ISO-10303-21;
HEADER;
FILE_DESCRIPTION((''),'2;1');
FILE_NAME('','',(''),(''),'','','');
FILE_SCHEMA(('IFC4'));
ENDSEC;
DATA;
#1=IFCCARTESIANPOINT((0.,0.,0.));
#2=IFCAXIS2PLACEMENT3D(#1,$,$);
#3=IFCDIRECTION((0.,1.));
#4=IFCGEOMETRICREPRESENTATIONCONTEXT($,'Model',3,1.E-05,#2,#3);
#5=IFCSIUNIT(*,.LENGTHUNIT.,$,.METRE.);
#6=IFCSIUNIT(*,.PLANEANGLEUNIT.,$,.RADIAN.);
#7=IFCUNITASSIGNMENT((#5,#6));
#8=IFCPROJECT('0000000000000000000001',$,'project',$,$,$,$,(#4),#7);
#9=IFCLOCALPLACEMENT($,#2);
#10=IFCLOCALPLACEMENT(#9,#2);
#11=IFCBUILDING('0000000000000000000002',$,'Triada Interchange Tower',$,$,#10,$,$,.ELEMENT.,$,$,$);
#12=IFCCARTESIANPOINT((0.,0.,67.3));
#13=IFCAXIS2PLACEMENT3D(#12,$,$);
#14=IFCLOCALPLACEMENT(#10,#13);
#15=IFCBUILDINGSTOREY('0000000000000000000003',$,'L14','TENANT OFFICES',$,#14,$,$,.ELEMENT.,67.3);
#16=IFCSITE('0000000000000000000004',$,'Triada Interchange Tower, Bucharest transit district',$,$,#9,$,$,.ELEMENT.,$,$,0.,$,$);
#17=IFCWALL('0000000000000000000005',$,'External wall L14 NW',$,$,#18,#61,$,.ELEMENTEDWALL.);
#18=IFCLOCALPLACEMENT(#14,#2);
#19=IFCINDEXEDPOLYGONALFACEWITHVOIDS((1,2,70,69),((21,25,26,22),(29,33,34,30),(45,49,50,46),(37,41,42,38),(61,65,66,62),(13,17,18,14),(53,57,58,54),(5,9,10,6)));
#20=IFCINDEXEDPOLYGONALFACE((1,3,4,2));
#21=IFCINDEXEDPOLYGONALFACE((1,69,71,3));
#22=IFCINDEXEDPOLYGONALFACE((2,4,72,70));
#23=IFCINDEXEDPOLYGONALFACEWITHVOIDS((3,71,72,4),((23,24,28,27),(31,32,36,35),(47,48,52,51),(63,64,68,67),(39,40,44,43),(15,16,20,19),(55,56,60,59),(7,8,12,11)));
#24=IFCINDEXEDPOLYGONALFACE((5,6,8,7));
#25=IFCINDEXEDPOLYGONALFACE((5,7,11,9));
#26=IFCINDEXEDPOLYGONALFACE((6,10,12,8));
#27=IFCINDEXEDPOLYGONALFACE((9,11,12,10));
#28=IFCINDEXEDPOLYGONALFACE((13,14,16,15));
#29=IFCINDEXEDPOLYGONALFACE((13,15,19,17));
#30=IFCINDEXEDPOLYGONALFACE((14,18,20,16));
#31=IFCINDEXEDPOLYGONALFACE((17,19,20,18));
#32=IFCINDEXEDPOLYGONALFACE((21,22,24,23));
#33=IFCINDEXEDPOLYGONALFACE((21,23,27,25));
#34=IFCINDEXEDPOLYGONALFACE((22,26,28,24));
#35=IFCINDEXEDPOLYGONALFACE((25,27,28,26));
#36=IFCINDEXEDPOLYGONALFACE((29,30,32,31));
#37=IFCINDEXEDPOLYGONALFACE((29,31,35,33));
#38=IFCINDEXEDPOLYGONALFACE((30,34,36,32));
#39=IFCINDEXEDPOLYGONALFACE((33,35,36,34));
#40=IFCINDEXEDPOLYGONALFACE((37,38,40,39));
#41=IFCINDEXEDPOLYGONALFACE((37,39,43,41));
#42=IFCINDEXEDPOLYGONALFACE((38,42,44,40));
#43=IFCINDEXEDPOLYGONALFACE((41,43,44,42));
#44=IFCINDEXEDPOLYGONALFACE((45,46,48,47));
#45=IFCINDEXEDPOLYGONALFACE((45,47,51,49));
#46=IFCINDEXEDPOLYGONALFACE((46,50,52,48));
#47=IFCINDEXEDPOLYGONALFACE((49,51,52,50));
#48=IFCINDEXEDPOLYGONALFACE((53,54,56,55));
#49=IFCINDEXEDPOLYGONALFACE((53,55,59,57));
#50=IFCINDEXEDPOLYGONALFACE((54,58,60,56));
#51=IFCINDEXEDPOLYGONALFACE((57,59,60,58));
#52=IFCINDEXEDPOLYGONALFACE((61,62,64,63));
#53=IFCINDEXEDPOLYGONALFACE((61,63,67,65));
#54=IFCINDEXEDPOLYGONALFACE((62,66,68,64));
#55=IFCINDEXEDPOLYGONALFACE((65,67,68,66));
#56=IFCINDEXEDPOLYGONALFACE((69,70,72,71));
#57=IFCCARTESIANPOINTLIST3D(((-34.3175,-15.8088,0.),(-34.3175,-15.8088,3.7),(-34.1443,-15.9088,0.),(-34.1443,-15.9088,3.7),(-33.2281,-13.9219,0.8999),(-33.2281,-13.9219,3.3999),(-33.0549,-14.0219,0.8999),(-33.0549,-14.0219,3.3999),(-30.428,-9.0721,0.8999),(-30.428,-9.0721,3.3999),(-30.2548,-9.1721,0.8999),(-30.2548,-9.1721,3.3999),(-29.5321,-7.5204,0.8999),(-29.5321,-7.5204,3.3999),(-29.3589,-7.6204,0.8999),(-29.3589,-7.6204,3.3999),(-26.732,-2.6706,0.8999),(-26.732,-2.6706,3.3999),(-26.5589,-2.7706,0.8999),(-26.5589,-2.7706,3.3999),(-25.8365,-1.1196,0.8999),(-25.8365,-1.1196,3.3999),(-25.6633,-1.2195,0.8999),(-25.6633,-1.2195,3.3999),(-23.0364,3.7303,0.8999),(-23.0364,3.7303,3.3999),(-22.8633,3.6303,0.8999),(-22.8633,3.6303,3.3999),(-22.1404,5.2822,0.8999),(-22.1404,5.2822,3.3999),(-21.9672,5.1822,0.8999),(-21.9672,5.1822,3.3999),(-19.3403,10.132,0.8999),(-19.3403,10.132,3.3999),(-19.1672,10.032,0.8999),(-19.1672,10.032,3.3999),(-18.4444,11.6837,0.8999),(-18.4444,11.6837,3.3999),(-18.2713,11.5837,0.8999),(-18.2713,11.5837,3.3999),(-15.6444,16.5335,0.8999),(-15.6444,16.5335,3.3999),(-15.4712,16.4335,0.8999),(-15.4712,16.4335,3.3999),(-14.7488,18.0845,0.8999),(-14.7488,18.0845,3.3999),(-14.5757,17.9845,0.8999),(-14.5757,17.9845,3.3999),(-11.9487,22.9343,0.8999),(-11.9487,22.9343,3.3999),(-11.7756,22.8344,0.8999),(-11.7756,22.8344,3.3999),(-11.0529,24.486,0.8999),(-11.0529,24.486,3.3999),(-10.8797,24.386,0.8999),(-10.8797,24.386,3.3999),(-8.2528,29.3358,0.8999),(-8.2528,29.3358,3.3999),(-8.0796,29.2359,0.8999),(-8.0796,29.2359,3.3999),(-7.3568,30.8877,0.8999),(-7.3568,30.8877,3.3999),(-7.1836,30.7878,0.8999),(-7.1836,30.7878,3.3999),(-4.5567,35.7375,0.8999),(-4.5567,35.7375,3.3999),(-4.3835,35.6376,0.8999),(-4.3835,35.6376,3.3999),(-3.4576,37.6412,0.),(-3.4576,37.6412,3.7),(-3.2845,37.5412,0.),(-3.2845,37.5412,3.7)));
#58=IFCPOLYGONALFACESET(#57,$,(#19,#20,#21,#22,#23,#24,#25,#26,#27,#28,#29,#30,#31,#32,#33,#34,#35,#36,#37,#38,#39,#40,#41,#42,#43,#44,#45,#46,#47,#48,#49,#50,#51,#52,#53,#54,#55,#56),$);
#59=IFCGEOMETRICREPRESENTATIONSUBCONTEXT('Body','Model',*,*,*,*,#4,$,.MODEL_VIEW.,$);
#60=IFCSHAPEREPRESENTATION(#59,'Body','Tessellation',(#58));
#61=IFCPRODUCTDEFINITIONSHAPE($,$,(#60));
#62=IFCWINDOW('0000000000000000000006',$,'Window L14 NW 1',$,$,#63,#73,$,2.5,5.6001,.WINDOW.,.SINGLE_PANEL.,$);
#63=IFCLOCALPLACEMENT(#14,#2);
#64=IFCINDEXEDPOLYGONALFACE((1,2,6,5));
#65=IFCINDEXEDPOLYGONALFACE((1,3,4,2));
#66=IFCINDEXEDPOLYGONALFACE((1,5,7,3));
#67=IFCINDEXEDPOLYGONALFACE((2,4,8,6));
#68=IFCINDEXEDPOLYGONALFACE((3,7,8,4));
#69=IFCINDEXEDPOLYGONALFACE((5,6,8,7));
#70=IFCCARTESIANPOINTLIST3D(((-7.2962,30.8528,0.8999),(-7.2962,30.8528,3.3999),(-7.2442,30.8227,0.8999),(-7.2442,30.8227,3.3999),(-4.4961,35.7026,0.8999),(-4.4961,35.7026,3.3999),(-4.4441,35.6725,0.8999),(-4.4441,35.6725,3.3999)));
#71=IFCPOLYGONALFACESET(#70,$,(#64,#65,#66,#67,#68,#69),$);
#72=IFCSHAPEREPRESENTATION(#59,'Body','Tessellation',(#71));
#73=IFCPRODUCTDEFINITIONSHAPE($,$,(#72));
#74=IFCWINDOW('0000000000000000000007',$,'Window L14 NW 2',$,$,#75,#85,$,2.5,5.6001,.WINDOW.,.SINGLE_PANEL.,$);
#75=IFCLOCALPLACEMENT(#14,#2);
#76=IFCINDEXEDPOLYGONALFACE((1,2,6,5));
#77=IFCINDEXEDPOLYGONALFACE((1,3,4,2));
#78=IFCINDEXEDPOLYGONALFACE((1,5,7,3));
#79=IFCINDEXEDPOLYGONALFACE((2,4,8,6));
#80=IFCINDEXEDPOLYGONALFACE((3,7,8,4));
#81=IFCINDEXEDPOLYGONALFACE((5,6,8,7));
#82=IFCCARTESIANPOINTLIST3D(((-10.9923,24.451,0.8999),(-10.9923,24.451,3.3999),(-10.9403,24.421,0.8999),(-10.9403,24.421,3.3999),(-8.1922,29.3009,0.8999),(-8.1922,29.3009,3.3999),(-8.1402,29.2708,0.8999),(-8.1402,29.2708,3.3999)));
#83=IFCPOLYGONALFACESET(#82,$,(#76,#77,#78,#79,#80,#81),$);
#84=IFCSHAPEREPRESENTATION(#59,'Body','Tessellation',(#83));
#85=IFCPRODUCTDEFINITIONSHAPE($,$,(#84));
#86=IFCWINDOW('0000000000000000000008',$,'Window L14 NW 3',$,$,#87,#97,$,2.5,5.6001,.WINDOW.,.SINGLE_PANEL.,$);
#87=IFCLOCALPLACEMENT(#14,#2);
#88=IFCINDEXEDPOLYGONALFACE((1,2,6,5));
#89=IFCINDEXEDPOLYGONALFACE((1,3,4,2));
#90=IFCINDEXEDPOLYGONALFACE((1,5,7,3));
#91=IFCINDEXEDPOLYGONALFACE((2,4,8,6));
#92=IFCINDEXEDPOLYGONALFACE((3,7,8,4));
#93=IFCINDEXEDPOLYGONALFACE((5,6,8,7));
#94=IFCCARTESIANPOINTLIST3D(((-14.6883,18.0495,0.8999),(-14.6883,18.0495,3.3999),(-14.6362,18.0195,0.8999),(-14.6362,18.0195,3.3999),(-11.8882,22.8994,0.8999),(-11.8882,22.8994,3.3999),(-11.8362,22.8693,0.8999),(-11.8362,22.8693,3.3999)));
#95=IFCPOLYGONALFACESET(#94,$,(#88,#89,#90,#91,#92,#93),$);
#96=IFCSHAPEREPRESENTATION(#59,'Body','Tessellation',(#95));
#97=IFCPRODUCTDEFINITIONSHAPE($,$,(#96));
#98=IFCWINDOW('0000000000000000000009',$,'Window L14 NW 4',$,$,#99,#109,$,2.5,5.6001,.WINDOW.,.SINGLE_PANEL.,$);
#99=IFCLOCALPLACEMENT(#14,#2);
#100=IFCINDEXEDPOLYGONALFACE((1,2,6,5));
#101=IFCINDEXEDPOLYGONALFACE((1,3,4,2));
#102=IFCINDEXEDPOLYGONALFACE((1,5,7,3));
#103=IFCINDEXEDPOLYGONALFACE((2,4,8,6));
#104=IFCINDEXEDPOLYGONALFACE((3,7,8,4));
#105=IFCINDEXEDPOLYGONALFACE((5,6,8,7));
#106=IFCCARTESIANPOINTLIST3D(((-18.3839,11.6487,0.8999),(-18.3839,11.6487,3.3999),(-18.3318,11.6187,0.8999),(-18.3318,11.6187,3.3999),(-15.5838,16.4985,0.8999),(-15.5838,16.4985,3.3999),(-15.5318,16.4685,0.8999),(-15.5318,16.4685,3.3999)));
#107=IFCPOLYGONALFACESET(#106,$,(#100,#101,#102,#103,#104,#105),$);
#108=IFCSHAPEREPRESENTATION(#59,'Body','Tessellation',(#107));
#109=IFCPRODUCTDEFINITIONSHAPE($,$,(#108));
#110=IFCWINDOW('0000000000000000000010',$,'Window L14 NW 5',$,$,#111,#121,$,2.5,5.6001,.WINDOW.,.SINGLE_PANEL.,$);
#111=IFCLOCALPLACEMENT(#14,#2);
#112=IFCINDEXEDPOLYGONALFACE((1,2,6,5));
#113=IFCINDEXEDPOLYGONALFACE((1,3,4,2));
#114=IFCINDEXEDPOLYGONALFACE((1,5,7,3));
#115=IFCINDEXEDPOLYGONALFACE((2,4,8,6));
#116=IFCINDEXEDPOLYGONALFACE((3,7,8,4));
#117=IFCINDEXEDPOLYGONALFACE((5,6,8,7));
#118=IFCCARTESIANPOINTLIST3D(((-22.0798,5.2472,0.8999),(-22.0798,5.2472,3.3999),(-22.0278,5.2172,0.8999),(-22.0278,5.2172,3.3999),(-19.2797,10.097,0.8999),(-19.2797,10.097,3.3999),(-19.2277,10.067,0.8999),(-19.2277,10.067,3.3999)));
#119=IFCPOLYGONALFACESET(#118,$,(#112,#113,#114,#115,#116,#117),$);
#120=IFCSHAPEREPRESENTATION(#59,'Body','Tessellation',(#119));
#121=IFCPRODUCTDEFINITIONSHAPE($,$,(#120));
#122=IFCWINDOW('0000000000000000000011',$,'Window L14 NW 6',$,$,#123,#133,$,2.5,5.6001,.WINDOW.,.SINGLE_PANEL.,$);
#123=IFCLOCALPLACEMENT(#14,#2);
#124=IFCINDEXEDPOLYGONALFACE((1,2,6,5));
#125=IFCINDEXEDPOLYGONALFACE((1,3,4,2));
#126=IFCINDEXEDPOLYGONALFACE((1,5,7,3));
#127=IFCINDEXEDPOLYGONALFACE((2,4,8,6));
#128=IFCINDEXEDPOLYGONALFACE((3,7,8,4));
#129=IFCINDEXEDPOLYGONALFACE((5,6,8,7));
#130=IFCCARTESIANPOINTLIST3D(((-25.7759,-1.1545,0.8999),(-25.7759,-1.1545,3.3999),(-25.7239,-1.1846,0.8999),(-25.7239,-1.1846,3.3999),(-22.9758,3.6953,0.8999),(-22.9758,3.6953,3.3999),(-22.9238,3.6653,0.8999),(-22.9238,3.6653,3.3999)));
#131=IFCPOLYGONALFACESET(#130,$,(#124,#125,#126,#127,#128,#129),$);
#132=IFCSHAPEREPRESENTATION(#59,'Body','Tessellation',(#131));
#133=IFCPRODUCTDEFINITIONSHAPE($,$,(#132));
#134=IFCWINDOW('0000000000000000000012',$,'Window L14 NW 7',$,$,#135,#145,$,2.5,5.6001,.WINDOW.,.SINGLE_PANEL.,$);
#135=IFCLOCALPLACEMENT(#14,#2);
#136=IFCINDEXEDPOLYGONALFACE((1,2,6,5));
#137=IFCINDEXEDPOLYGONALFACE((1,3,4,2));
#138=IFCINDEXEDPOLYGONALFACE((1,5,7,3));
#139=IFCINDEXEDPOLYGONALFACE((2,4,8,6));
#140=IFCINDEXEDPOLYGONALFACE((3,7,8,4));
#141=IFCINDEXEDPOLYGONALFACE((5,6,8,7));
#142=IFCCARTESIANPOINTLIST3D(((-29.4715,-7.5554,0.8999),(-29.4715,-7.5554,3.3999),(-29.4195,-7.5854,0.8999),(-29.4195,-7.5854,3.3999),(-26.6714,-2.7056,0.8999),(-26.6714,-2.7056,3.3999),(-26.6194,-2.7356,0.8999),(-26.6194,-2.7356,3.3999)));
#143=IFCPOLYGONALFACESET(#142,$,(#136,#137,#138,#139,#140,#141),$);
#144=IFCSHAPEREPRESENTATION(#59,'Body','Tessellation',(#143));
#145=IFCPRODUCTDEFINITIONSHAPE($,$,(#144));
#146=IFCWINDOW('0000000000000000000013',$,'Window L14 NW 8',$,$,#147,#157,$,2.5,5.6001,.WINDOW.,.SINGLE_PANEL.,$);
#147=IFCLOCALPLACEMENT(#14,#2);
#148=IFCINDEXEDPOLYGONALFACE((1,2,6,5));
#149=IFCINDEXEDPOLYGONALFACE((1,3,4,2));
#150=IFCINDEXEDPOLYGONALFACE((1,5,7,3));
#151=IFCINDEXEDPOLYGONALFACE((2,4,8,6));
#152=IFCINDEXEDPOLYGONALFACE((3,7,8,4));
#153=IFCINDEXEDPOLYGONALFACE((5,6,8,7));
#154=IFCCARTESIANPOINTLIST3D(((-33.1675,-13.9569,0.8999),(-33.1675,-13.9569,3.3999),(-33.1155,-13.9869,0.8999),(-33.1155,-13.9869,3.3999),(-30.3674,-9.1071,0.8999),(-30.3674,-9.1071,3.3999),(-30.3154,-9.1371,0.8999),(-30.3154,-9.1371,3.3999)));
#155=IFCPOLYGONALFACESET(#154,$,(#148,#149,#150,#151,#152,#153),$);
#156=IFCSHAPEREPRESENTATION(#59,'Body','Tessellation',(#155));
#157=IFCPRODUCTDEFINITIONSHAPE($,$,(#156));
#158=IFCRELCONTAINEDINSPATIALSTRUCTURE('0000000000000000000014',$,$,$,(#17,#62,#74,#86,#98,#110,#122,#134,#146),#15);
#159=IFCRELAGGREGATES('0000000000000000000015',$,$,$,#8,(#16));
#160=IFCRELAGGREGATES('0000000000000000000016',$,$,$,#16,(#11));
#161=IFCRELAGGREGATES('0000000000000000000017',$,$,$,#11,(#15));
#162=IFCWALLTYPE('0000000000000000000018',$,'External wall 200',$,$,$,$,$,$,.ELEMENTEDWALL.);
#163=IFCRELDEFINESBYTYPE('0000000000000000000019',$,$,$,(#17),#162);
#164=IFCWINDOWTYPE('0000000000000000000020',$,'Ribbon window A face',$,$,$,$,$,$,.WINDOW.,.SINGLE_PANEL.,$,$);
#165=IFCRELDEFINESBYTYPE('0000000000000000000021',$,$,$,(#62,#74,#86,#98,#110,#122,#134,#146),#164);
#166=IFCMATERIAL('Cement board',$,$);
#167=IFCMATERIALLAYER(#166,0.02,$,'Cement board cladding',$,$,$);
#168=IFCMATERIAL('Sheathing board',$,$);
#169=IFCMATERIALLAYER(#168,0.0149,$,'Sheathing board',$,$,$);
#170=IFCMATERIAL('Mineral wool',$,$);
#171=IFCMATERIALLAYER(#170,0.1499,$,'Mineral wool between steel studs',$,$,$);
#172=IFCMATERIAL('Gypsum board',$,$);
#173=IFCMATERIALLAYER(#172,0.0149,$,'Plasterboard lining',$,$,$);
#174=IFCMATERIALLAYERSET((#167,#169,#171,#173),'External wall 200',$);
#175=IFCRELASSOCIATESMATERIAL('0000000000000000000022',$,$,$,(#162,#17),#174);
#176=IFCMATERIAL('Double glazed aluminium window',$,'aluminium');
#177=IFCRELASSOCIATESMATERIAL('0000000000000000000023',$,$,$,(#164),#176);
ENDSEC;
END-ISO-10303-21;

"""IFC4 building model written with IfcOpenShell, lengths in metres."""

from ifc_helpers import new_model, si_unit, direction, frame, frame_2d, origin, place, context, subcontext, project, spatial, rectangle, extrude, material, layer, layer_set, layer_usage, type_object, element, fill, save


model = new_model("IFC4")

# Units and contexts
model_context = context("Model", 3, precision=1e-05, world=origin(), true_north=direction((0.0, 1.0)))
body_context = subcontext(model_context, "Body", "Model", "MODEL_VIEW")
ifc_project = project(units=[si_unit("LENGTHUNIT", "METRE"), si_unit("PLANEANGLEUNIT", "RADIAN")], contexts=[model_context])

# Site, building, storey
site_placement = place(None, origin())
site = spatial("IfcSite", under=ifc_project, at=site_placement, Name="Triada Interchange Tower, Bucharest transit district", CompositionType="ELEMENT", RefElevation=0.0)
building_placement = place(site_placement, origin())
building = spatial("IfcBuilding", under=site, at=building_placement, Name="Triada Interchange Tower", CompositionType="ELEMENT")
storey_placement = place(building_placement, frame((0.0, 0.0, 67.3)))
storey = spatial("IfcBuildingStorey", under=building, at=storey_placement, Name="L14", Description="TENANT OFFICES", CompositionType="ELEMENT", Elevation=67.3)

# Wall, openings, windows
ifc_material_1 = material(Name="Cement board")
ifc_layer_1 = layer(ifc_material_1, 0.02, Name="Cement board cladding")
ifc_material_2 = material(Name="Sheathing board")
ifc_layer_2 = layer(ifc_material_2, 0.0149, Name="Sheathing board")
ifc_material_3 = material(Name="Mineral wool")
ifc_layer_3 = layer(ifc_material_3, 0.1499, Name="Mineral wool between steel studs")
ifc_material_4 = material(Name="Gypsum board")
ifc_layer_4 = layer(ifc_material_4, 0.0149, Name="Plasterboard lining")
ifc_layer_set_1 = layer_set([ifc_layer_1, ifc_layer_2, ifc_layer_3, ifc_layer_4], Name="External wall 200")
ifc_layer_usage = layer_usage(ifc_layer_set_1, "AXIS2", "POSITIVE", -0.1001)
wall_type_1 = type_object("IfcWallType", Name="External wall 200", PredefinedType="ELEMENTEDWALL", material=ifc_layer_set_1)
wall_1_placement = place(storey_placement, frame((-3.3711, 37.5911, 0.0), z_axis=(0.0, 0.0, 1.0), x_axis=(-0.500006, -0.866022, 0.0)))
wall_1 = element("IfcWall", 1, at=wall_1_placement, inside=storey, type_object=wall_type_1, material=ifc_layer_usage, Name="External wall L14 NW", PredefinedType="ELEMENTEDWALL", context=body_context, shape_type="SweptSolid", body=[
    extrude(rectangle(XDim=61.719, YDim=0.2, at=frame_2d((30.8594, 0.0))), origin(), (0.0, 0.0, 1.0), 3.7),
])
opening_1_placement = place(wall_1_placement, frame((2.198, 0.0, 0.8999)))
opening_1 = element("IfcOpeningElement", 2, at=opening_1_placement, cuts=wall_1, PredefinedType="OPENING", context=body_context, shape_type="SweptSolid", body=[
    extrude(rectangle(XDim=5.6001, YDim=2.5, at=frame_2d((2.8, 1.25))), frame((0.0, 0.1099, 0.0), z_axis=(0.0, -1.0, 0.0), x_axis=(1.0, 0.0, 0.0)), (0.0, 0.0, 1.0), 0.22),
])
opening_2_placement = place(wall_1_placement, frame((9.5901, 0.0, 0.8999)))
opening_2 = element("IfcOpeningElement", 3, at=opening_2_placement, cuts=wall_1, PredefinedType="OPENING", context=body_context, shape_type="SweptSolid", body=[
    extrude(rectangle(XDim=5.6001, YDim=2.5, at=frame_2d((2.8, 1.25))), frame((0.0, 0.1099, 0.0), z_axis=(0.0, -1.0, 0.0), x_axis=(1.0, 0.0, 0.0)), (0.0, 0.0, 1.0), 0.22),
])
opening_3_placement = place(wall_1_placement, frame((16.9819, 0.0, 0.8999)))
opening_3 = element("IfcOpeningElement", 4, at=opening_3_placement, cuts=wall_1, PredefinedType="OPENING", context=body_context, shape_type="SweptSolid", body=[
    extrude(rectangle(XDim=5.6001, YDim=2.5, at=frame_2d((2.8, 1.25))), frame((0.0, 0.1099, 0.0), z_axis=(0.0, -1.0, 0.0), x_axis=(1.0, 0.0, 0.0)), (0.0, 0.0, 1.0), 0.22),
])
opening_4_placement = place(wall_1_placement, frame((24.373, 0.0, 0.8999)))
opening_4 = element("IfcOpeningElement", 5, at=opening_4_placement, cuts=wall_1, PredefinedType="OPENING", context=body_context, shape_type="SweptSolid", body=[
    extrude(rectangle(XDim=5.6001, YDim=2.5, at=frame_2d((2.8, 1.25))), frame((0.0, 0.1099, 0.0), z_axis=(0.0, -1.0, 0.0), x_axis=(1.0, 0.0, 0.0)), (0.0, 0.0, 1.0), 0.22),
])
opening_5_placement = place(wall_1_placement, frame((31.7649, 0.0, 0.8999)))
opening_5 = element("IfcOpeningElement", 6, at=opening_5_placement, cuts=wall_1, PredefinedType="OPENING", context=body_context, shape_type="SweptSolid", body=[
    extrude(rectangle(XDim=5.6001, YDim=2.5, at=frame_2d((2.8, 1.25))), frame((0.0, 0.1099, 0.0), z_axis=(0.0, -1.0, 0.0), x_axis=(1.0, 0.0, 0.0)), (0.0, 0.0, 1.0), 0.22),
])
opening_6_placement = place(wall_1_placement, frame((39.157, 0.0, 0.8999)))
opening_6 = element("IfcOpeningElement", 7, at=opening_6_placement, cuts=wall_1, PredefinedType="OPENING", context=body_context, shape_type="SweptSolid", body=[
    extrude(rectangle(XDim=5.6001, YDim=2.5, at=frame_2d((2.8, 1.25))), frame((0.0, 0.1099, 0.0), z_axis=(0.0, -1.0, 0.0), x_axis=(1.0, 0.0, 0.0)), (0.0, 0.0, 1.0), 0.22),
])
opening_7_placement = place(wall_1_placement, frame((46.5481, 0.0, 0.8999)))
opening_7 = element("IfcOpeningElement", 8, at=opening_7_placement, cuts=wall_1, PredefinedType="OPENING", context=body_context, shape_type="SweptSolid", body=[
    extrude(rectangle(XDim=5.6001, YDim=2.5, at=frame_2d((2.8, 1.25))), frame((0.0, 0.1099, 0.0), z_axis=(0.0, -1.0, 0.0), x_axis=(1.0, 0.0, 0.0)), (0.0, 0.0, 1.0), 0.22),
])
opening_8_placement = place(wall_1_placement, frame((53.9399, 0.0, 0.8999)))
opening_8 = element("IfcOpeningElement", 9, at=opening_8_placement, cuts=wall_1, PredefinedType="OPENING", context=body_context, shape_type="SweptSolid", body=[
    extrude(rectangle(XDim=5.6001, YDim=2.5, at=frame_2d((2.8, 1.25))), frame((0.0, 0.1099, 0.0), z_axis=(0.0, -1.0, 0.0), x_axis=(1.0, 0.0, 0.0)), (0.0, 0.0, 1.0), 0.22),
])
ifc_material_5 = material(Name="Double glazed aluminium window", Category="aluminium")
window_type = type_object("IfcWindowType", Name="Ribbon window A face", PartitioningType="SINGLE_PANEL", PredefinedType="WINDOW", material=ifc_material_5)
window_1_placement = place(opening_1_placement, origin())
window_1 = element("IfcWindow", 10, at=window_1_placement, inside=storey, type_object=window_type, Name="Window L14 NW 1", OverallHeight=2.5, OverallWidth=5.6001, PartitioningType="SINGLE_PANEL", PredefinedType="WINDOW", context=body_context, shape_type="SweptSolid", body=[
    extrude(rectangle(XDim=5.6001, YDim=2.5, at=frame_2d((2.8, 1.25))), frame((0.0, 0.03, 0.0), z_axis=(0.0, -1.0, 0.0), x_axis=(1.0, 0.0, 0.0)), (0.0, 0.0, 1.0), 0.0601),
])
fill(opening_1, window_1)
window_2_placement = place(opening_2_placement, origin())
window_2 = element("IfcWindow", 11, at=window_2_placement, inside=storey, type_object=window_type, Name="Window L14 NW 2", OverallHeight=2.5, OverallWidth=5.6001, PartitioningType="SINGLE_PANEL", PredefinedType="WINDOW", context=body_context, shape_type="SweptSolid", body=[
    extrude(rectangle(XDim=5.6001, YDim=2.5, at=frame_2d((2.8, 1.25))), frame((0.0, 0.03, 0.0), z_axis=(0.0, -1.0, 0.0), x_axis=(1.0, 0.0, 0.0)), (0.0, 0.0, 1.0), 0.0601),
])
fill(opening_2, window_2)
window_3_placement = place(opening_3_placement, origin())
window_3 = element("IfcWindow", 12, at=window_3_placement, inside=storey, type_object=window_type, Name="Window L14 NW 3", OverallHeight=2.5, OverallWidth=5.6001, PartitioningType="SINGLE_PANEL", PredefinedType="WINDOW", context=body_context, shape_type="SweptSolid", body=[
    extrude(rectangle(XDim=5.6001, YDim=2.5, at=frame_2d((2.8, 1.25))), frame((0.0, 0.03, 0.0), z_axis=(0.0, -1.0, 0.0), x_axis=(1.0, 0.0, 0.0)), (0.0, 0.0, 1.0), 0.0601),
])
fill(opening_3, window_3)
window_4_placement = place(opening_4_placement, origin())
window_4 = element("IfcWindow", 13, at=window_4_placement, inside=storey, type_object=window_type, Name="Window L14 NW 4", OverallHeight=2.5, OverallWidth=5.6001, PartitioningType="SINGLE_PANEL", PredefinedType="WINDOW", context=body_context, shape_type="SweptSolid", body=[
    extrude(rectangle(XDim=5.6001, YDim=2.5, at=frame_2d((2.8, 1.25))), frame((0.0, 0.03, 0.0), z_axis=(0.0, -1.0, 0.0), x_axis=(1.0, 0.0, 0.0)), (0.0, 0.0, 1.0), 0.0601),
])
fill(opening_4, window_4)
window_5_placement = place(opening_5_placement, origin())
window_5 = element("IfcWindow", 14, at=window_5_placement, inside=storey, type_object=window_type, Name="Window L14 NW 5", OverallHeight=2.5, OverallWidth=5.6001, PartitioningType="SINGLE_PANEL", PredefinedType="WINDOW", context=body_context, shape_type="SweptSolid", body=[
    extrude(rectangle(XDim=5.6001, YDim=2.5, at=frame_2d((2.8, 1.25))), frame((0.0, 0.03, 0.0), z_axis=(0.0, -1.0, 0.0), x_axis=(1.0, 0.0, 0.0)), (0.0, 0.0, 1.0), 0.0601),
])
fill(opening_5, window_5)
window_6_placement = place(opening_6_placement, origin())
window_6 = element("IfcWindow", 15, at=window_6_placement, inside=storey, type_object=window_type, Name="Window L14 NW 6", OverallHeight=2.5, OverallWidth=5.6001, PartitioningType="SINGLE_PANEL", PredefinedType="WINDOW", context=body_context, shape_type="SweptSolid", body=[
    extrude(rectangle(XDim=5.6001, YDim=2.5, at=frame_2d((2.8, 1.25))), frame((0.0, 0.03, 0.0), z_axis=(0.0, -1.0, 0.0), x_axis=(1.0, 0.0, 0.0)), (0.0, 0.0, 1.0), 0.0601),
])
fill(opening_6, window_6)
window_7_placement = place(opening_7_placement, origin())
window_7 = element("IfcWindow", 16, at=window_7_placement, inside=storey, type_object=window_type, Name="Window L14 NW 7", OverallHeight=2.5, OverallWidth=5.6001, PartitioningType="SINGLE_PANEL", PredefinedType="WINDOW", context=body_context, shape_type="SweptSolid", body=[
    extrude(rectangle(XDim=5.6001, YDim=2.5, at=frame_2d((2.8, 1.25))), frame((0.0, 0.03, 0.0), z_axis=(0.0, -1.0, 0.0), x_axis=(1.0, 0.0, 0.0)), (0.0, 0.0, 1.0), 0.0601),
])
fill(opening_7, window_7)
window_8_placement = place(opening_8_placement, origin())
window_8 = element("IfcWindow", 17, at=window_8_placement, inside=storey, type_object=window_type, Name="Window L14 NW 8", OverallHeight=2.5, OverallWidth=5.6001, PartitioningType="SINGLE_PANEL", PredefinedType="WINDOW", context=body_context, shape_type="SweptSolid", body=[
    extrude(rectangle(XDim=5.6001, YDim=2.5, at=frame_2d((2.8, 1.25))), frame((0.0, 0.03, 0.0), z_axis=(0.0, -1.0, 0.0), x_axis=(1.0, 0.0, 0.0)), (0.0, 0.0, 1.0), 0.0601),
])
fill(opening_8, window_8)

save(model, "model.ifc")
